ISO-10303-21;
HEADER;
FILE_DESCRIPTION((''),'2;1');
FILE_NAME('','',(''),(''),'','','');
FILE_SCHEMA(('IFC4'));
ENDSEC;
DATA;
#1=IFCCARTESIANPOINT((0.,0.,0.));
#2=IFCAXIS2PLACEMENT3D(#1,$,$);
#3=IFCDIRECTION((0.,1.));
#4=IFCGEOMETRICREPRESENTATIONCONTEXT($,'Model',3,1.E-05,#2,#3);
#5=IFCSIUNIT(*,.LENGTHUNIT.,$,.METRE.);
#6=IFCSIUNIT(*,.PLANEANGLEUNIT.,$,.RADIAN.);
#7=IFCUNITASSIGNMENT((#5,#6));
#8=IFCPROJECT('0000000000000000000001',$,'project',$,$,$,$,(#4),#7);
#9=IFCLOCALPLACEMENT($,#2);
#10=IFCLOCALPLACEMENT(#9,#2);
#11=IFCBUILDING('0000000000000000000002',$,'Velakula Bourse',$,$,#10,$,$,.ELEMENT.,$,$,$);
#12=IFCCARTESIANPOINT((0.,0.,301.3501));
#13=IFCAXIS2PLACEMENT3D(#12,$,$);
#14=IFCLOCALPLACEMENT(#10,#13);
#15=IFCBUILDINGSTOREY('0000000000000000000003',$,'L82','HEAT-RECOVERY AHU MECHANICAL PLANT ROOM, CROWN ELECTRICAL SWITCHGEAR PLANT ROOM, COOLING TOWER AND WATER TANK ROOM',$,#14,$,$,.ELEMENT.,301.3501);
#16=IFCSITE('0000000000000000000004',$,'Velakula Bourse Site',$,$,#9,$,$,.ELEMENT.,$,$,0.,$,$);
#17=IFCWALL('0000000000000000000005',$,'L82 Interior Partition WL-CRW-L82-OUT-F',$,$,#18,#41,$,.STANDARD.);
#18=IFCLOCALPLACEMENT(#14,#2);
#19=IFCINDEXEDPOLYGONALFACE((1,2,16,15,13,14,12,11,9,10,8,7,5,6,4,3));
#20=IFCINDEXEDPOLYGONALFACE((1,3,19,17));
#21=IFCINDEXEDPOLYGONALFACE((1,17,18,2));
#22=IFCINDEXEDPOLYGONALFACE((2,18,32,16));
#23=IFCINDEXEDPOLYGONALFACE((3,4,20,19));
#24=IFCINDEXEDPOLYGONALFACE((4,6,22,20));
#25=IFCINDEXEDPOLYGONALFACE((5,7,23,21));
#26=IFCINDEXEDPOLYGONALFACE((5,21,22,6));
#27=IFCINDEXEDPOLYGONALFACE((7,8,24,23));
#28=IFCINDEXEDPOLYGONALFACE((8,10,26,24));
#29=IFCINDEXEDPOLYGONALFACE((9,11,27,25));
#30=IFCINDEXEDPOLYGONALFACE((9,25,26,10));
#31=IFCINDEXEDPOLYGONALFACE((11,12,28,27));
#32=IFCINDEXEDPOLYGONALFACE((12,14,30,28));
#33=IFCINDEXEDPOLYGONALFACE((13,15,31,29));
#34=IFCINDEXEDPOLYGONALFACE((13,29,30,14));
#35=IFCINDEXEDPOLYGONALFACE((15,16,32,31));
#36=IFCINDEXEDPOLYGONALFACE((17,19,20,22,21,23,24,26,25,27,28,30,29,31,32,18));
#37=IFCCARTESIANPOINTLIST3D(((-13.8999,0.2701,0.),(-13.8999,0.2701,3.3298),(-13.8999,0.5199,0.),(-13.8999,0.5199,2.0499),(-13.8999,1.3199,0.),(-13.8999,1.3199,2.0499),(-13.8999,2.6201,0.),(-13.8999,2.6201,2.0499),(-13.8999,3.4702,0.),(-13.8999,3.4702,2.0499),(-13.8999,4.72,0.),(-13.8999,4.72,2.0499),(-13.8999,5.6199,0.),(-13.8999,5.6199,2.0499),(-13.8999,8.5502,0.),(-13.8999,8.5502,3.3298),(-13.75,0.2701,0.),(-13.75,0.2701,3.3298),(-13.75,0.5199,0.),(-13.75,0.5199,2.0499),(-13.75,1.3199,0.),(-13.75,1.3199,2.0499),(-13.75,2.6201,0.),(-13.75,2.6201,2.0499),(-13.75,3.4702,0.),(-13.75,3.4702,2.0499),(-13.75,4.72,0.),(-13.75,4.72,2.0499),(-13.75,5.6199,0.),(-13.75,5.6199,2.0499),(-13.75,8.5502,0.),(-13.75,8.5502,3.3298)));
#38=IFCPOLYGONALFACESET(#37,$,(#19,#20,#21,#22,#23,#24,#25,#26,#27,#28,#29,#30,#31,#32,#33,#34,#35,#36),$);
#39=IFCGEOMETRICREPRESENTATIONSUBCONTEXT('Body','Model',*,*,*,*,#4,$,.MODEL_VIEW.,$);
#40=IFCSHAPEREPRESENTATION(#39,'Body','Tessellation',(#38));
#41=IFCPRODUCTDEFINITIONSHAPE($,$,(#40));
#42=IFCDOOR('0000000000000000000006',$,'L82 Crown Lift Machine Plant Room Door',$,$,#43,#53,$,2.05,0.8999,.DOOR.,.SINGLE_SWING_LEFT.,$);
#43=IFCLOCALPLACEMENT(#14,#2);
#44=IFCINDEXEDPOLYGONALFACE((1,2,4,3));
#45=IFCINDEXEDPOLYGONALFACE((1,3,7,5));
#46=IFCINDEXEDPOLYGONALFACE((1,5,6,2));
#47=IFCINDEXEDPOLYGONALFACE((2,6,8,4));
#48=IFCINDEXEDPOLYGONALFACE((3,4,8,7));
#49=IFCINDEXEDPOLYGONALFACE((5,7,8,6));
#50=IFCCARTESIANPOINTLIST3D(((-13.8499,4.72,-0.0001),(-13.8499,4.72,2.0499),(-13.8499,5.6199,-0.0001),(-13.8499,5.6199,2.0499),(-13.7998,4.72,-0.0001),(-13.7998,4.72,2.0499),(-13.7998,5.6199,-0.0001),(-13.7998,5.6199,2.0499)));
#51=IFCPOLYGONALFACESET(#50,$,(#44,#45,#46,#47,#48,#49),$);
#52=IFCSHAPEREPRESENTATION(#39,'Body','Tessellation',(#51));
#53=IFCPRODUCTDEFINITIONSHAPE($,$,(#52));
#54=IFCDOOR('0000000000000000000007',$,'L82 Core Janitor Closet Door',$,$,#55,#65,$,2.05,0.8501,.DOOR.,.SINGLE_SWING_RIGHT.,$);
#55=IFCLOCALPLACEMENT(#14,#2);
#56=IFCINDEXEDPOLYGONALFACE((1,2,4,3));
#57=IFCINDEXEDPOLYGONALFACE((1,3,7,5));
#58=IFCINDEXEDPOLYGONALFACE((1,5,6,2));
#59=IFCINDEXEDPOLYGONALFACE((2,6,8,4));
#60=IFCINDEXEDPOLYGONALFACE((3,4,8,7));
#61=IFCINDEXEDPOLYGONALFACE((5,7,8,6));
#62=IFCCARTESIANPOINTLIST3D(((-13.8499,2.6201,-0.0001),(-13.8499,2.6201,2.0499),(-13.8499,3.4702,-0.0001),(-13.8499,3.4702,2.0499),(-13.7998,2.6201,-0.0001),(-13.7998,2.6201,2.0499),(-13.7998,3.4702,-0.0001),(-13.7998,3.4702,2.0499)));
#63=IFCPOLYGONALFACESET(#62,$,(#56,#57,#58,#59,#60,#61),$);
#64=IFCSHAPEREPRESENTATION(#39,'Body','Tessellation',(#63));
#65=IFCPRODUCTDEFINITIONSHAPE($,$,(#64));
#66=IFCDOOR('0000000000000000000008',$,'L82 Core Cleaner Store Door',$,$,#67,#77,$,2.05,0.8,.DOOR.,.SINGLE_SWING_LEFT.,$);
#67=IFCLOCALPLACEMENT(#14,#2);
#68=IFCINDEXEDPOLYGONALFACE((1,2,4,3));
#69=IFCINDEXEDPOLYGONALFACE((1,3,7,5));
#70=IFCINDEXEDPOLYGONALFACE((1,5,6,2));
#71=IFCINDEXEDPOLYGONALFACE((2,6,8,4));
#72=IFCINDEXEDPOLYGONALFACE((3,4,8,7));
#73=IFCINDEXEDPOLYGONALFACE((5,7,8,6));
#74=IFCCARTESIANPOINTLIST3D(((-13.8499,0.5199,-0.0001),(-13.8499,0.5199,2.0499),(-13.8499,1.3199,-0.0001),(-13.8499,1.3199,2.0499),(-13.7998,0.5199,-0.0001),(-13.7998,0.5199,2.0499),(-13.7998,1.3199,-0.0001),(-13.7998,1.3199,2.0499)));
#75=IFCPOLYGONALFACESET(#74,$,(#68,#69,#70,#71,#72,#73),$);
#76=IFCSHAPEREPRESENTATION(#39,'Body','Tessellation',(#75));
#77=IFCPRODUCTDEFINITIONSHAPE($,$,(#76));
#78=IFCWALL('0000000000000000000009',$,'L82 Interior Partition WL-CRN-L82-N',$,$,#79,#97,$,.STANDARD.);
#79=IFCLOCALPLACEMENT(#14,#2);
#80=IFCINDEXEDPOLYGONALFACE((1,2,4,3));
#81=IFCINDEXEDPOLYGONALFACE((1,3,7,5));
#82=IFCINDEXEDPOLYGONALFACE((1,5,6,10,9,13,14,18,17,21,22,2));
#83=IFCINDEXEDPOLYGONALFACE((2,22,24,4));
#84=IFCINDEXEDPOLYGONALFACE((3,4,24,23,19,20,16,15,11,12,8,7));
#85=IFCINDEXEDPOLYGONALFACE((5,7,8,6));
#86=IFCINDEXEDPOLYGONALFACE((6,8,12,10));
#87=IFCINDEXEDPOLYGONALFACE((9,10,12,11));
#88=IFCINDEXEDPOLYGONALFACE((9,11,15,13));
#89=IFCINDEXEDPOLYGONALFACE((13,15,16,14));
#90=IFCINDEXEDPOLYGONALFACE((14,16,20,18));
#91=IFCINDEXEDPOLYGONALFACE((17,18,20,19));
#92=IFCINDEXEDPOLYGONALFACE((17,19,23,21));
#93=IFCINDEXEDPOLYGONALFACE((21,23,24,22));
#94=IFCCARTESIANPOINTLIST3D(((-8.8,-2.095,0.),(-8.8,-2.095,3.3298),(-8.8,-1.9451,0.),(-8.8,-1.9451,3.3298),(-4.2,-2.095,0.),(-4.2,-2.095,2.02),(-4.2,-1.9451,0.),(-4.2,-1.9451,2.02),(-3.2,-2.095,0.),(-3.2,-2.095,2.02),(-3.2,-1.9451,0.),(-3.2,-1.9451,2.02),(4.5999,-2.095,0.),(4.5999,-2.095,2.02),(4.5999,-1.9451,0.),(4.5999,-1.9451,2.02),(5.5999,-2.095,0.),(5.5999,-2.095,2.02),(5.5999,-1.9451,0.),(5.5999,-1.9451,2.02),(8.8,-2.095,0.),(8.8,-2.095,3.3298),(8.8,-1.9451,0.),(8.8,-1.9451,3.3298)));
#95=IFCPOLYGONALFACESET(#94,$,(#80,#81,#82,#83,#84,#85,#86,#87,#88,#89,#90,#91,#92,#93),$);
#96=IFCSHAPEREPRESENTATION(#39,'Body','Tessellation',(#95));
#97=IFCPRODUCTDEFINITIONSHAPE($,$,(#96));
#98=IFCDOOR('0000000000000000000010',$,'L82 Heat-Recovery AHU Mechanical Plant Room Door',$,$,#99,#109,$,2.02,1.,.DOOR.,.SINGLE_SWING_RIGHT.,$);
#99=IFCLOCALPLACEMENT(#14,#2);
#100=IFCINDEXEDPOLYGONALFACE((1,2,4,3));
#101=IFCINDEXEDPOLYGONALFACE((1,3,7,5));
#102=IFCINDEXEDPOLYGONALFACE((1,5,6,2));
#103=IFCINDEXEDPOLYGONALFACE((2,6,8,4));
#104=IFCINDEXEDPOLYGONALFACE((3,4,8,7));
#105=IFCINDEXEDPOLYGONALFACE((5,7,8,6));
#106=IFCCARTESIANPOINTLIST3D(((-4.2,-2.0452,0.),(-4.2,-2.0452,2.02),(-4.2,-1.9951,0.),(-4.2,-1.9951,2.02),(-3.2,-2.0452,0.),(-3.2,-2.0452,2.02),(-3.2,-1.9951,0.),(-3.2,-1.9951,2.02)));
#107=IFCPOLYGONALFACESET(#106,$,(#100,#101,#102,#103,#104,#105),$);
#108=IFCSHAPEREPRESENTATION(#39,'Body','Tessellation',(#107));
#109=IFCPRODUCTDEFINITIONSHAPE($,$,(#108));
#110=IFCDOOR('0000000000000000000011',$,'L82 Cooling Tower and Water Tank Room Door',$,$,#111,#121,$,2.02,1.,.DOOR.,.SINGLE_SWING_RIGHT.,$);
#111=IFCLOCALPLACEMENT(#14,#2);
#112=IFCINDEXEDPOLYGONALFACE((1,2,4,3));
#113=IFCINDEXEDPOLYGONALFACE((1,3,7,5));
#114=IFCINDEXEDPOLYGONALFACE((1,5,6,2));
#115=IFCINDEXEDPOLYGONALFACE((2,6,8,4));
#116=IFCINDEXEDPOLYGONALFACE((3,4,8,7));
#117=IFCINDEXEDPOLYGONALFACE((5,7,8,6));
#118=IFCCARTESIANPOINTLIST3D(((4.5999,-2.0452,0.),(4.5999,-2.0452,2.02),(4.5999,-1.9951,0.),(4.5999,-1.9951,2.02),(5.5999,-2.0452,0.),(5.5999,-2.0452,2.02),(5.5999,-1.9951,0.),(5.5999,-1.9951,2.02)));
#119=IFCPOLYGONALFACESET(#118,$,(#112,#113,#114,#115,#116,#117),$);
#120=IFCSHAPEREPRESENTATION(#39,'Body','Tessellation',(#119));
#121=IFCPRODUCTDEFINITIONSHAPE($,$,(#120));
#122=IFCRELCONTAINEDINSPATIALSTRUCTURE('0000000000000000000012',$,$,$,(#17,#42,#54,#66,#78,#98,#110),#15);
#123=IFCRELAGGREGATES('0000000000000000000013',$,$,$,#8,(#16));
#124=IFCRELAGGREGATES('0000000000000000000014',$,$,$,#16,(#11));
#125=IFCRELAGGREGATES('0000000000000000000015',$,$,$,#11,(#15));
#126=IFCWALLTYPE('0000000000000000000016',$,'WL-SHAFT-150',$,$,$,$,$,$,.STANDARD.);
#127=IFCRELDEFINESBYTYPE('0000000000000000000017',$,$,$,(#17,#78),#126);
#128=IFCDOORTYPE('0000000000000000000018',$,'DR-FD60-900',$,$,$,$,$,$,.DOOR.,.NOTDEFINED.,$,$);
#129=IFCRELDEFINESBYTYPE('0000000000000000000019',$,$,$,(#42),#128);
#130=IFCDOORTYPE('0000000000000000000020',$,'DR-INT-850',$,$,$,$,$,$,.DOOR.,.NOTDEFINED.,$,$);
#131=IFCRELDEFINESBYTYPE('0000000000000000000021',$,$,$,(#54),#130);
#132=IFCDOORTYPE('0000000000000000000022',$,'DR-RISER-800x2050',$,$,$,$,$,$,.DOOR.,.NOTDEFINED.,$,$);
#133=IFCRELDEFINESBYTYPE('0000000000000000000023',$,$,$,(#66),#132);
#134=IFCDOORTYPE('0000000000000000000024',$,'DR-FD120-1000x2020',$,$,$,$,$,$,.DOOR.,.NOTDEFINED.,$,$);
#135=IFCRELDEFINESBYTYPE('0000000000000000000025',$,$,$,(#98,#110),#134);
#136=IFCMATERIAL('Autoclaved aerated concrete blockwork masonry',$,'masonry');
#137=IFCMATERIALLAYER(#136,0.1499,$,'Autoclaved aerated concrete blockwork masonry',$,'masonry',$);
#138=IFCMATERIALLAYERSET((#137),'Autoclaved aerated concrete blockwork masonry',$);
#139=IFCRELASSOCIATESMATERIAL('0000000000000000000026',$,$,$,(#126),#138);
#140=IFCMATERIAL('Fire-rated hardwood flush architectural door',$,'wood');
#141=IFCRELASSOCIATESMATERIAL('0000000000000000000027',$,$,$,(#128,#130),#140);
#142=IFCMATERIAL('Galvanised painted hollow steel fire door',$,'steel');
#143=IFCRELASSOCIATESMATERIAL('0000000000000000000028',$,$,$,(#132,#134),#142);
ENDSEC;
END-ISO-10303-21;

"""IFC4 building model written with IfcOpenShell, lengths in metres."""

from ifc_helpers import new_model, si_unit, direction, frame, frame_2d, origin, place, context, subcontext, project, spatial, rectangle, extrude, material, layer, layer_set, type_object, element, fill, save


model = new_model("IFC4")

# Units and contexts
model_context = context("Model", 3, precision=1e-05, world=origin(), true_north=direction((0.0, 1.0)))
body_context = subcontext(model_context, "Body", "Model", "MODEL_VIEW")
ifc_project = project(units=[si_unit("LENGTHUNIT", "METRE"), si_unit("PLANEANGLEUNIT", "RADIAN")], contexts=[model_context])

# Site, building, storey
site_placement = place(None, origin())
site = spatial("IfcSite", under=ifc_project, at=site_placement, Name="Velakula Bourse Site", CompositionType="ELEMENT", RefElevation=0.0)
building_placement = place(site_placement, origin())
building = spatial("IfcBuilding", under=site, at=building_placement, Name="Velakula Bourse", CompositionType="ELEMENT")
storey_placement = place(building_placement, frame((0.0, 0.0, 301.3501)))
storey = spatial("IfcBuildingStorey", under=building, at=storey_placement, Name="L82", Description="HEAT-RECOVERY AHU MECHANICAL PLANT ROOM, CROWN ELECTRICAL SWITCHGEAR PLANT ROOM, COOLING TOWER AND WATER TANK ROOM", CompositionType="ELEMENT", Elevation=301.3501)

# Shared definitions
ifc_material_1 = material(Name="Autoclaved aerated concrete blockwork masonry", Category="masonry")
ifc_layer_1 = layer(ifc_material_1, 0.1499, Name="Autoclaved aerated concrete blockwork masonry", Category="masonry")
ifc_layer_set_1 = layer_set([ifc_layer_1], Name="Autoclaved aerated concrete blockwork masonry")
wall_type_1 = type_object("IfcWallType", Name="WL-SHAFT-150", PredefinedType="STANDARD", material=ifc_layer_set_1)
ifc_material_2 = material(Name="Galvanised painted hollow steel fire door", Category="steel")
ifc_material_3 = material(Name="Fire-rated hardwood flush architectural door", Category="wood")

# Walls, openings, doors
wall_1_placement = place(storey_placement, frame((-13.825, 0.27, 0.0), z_axis=(0.0, 0.0, 1.0), x_axis=(0.0, 1.0, 0.0)))
wall_1 = element("IfcWall", 1, at=wall_1_placement, inside=storey, type_object=wall_type_1, Name="L82 Interior Partition WL-CRW-L82-OUT-F", PredefinedType="STANDARD", context=body_context, shape_type="SweptSolid", body=[
    extrude(rectangle(XDim=8.28, YDim=0.1499, at=frame_2d((4.1401, 0.0))), origin(), (0.0, 0.0, 1.0), 3.3298),
])
opening_1_placement = place(wall_1_placement, frame((4.45, 0.0, 0.0)))
opening_1 = element("IfcOpeningElement", 2, at=opening_1_placement, cuts=wall_1, PredefinedType="OPENING", context=body_context, shape_type="SweptSolid", body=[
    extrude(rectangle(XDim=0.8999, YDim=2.05, at=frame_2d((0.45, 1.0249))), frame((0.0, 0.085, 0.0), z_axis=(0.0, -1.0, 0.0), x_axis=(1.0, 0.0, 0.0)), (0.0, 0.0, 1.0), 0.1699),
])
opening_2_placement = place(wall_1_placement, frame((0.25, 0.0, 0.0)))
opening_2 = element("IfcOpeningElement", 3, at=opening_2_placement, cuts=wall_1, PredefinedType="OPENING", context=body_context, shape_type="SweptSolid", body=[
    extrude(rectangle(XDim=0.8, YDim=2.05, at=frame_2d((0.3999, 1.0249))), frame((0.0, 0.085, 0.0), z_axis=(0.0, -1.0, 0.0), x_axis=(1.0, 0.0, 0.0)), (0.0, 0.0, 1.0), 0.1699),
])
opening_3_placement = place(wall_1_placement, frame((2.3501, 0.0, 0.0)))
opening_3 = element("IfcOpeningElement", 4, at=opening_3_placement, cuts=wall_1, PredefinedType="OPENING", context=body_context, shape_type="SweptSolid", body=[
    extrude(rectangle(XDim=0.8501, YDim=2.05, at=frame_2d((0.425, 1.0249))), frame((0.0, 0.085, 0.0), z_axis=(0.0, -1.0, 0.0), x_axis=(1.0, 0.0, 0.0)), (0.0, 0.0, 1.0), 0.1699),
])
door_type_1 = type_object("IfcDoorType", Name="DR-FD60-900", OperationType="NOTDEFINED", PredefinedType="DOOR", material=ifc_material_3)
door_1_placement = place(opening_1_placement, origin())
door_1 = element("IfcDoor", 5, at=door_1_placement, inside=storey, type_object=door_type_1, Name="L82 Crown Lift Machine Plant Room Door", OperationType="SINGLE_SWING_LEFT", OverallHeight=2.05, OverallWidth=0.8999, PredefinedType="DOOR", context=body_context, shape_type="SweptSolid", body=[
    extrude(rectangle(XDim=0.8999, YDim=2.05, at=frame_2d((0.45, 1.0249))), frame((0.0, 0.0249, 0.0), z_axis=(0.0, -1.0, 0.0), x_axis=(1.0, 0.0, 0.0)), (0.0, 0.0, 1.0), 0.05),
])
fill(opening_1, door_1)
door_type_2 = type_object("IfcDoorType", Name="DR-INT-850", OperationType="NOTDEFINED", PredefinedType="DOOR", material=ifc_material_3)
door_2_placement = place(opening_3_placement, origin())
door_2 = element("IfcDoor", 6, at=door_2_placement, inside=storey, type_object=door_type_2, Name="L82 Core Janitor Closet Door", OperationType="SINGLE_SWING_RIGHT", OverallHeight=2.05, OverallWidth=0.8501, PredefinedType="DOOR", context=body_context, shape_type="SweptSolid", body=[
    extrude(rectangle(XDim=0.8501, YDim=2.05, at=frame_2d((0.425, 1.0249))), frame((0.0, 0.0249, 0.0), z_axis=(0.0, -1.0, 0.0), x_axis=(1.0, 0.0, 0.0)), (0.0, 0.0, 1.0), 0.05),
])
fill(opening_3, door_2)
door_type_3 = type_object("IfcDoorType", Name="DR-RISER-800x2050", OperationType="NOTDEFINED", PredefinedType="DOOR", material=ifc_material_2)
door_3_placement = place(opening_2_placement, origin())
door_3 = element("IfcDoor", 7, at=door_3_placement, inside=storey, type_object=door_type_3, Name="L82 Core Cleaner Store Door", OperationType="SINGLE_SWING_LEFT", OverallHeight=2.05, OverallWidth=0.8, PredefinedType="DOOR", context=body_context, shape_type="SweptSolid", body=[
    extrude(rectangle(XDim=0.8, YDim=2.05, at=frame_2d((0.3999, 1.0249))), frame((0.0, 0.0249, 0.0), z_axis=(0.0, -1.0, 0.0), x_axis=(1.0, 0.0, 0.0)), (0.0, 0.0, 1.0), 0.05),
])
fill(opening_2, door_3)
wall_2_placement = place(storey_placement, frame((-8.8, -2.02, 0.0), z_axis=(0.0, 0.0, 1.0), x_axis=(1.0, 0.0, 0.0)))
wall_2 = element("IfcWall", 8, at=wall_2_placement, inside=storey, type_object=wall_type_1, Name="L82 Interior Partition WL-CRN-L82-N", PredefinedType="STANDARD", context=body_context, shape_type="SweptSolid", body=[
    extrude(rectangle(XDim=17.6001, YDim=0.1499, at=frame_2d((8.8, 0.0))), origin(), (0.0, 0.0, 1.0), 3.3298),
])
opening_4_placement = place(wall_2_placement, frame((4.6001, 0.0, 0.0)))
opening_4 = element("IfcOpeningElement", 9, at=opening_4_placement, cuts=wall_2, PredefinedType="OPENING", context=body_context, shape_type="SweptSolid", body=[
    extrude(rectangle(XDim=1.0, YDim=2.02, at=frame_2d((0.5, 1.01))), frame((0.0, 0.085, 0.0), z_axis=(0.0, -1.0, 0.0), x_axis=(1.0, 0.0, 0.0)), (0.0, 0.0, 1.0), 0.1699),
])
opening_5_placement = place(wall_2_placement, frame((13.3999, 0.0, 0.0)))
opening_5 = element("IfcOpeningElement", 10, at=opening_5_placement, cuts=wall_2, PredefinedType="OPENING", context=body_context, shape_type="SweptSolid", body=[
    extrude(rectangle(XDim=1.0, YDim=2.02, at=frame_2d((0.5, 1.01))), frame((0.0, 0.085, 0.0), z_axis=(0.0, -1.0, 0.0), x_axis=(1.0, 0.0, 0.0)), (0.0, 0.0, 1.0), 0.1699),
])
door_type_4 = type_object("IfcDoorType", Name="DR-FD120-1000x2020", OperationType="NOTDEFINED", PredefinedType="DOOR", material=ifc_material_2)
door_4_placement = place(opening_4_placement, origin())
door_4 = element("IfcDoor", 11, at=door_4_placement, inside=storey, type_object=door_type_4, Name="L82 Heat-Recovery AHU Mechanical Plant Room Door", OperationType="SINGLE_SWING_RIGHT", OverallHeight=2.02, OverallWidth=1.0, PredefinedType="DOOR", context=body_context, shape_type="SweptSolid", body=[
    extrude(rectangle(XDim=1.0, YDim=2.02, at=frame_2d((0.5, 1.01))), frame((0.0, 0.0249, 0.0), z_axis=(0.0, -1.0, 0.0), x_axis=(1.0, 0.0, 0.0)), (0.0, 0.0, 1.0), 0.05),
])
fill(opening_4, door_4)
door_5_placement = place(opening_5_placement, origin())
door_5 = element("IfcDoor", 12, at=door_5_placement, inside=storey, type_object=door_type_4, Name="L82 Cooling Tower and Water Tank Room Door", OperationType="SINGLE_SWING_RIGHT", OverallHeight=2.02, OverallWidth=1.0, PredefinedType="DOOR", context=body_context, shape_type="SweptSolid", body=[
    extrude(rectangle(XDim=1.0, YDim=2.02, at=frame_2d((0.5, 1.01))), frame((0.0, 0.0249, 0.0), z_axis=(0.0, -1.0, 0.0), x_axis=(1.0, 0.0, 0.0)), (0.0, 0.0, 1.0), 0.05),
])
fill(opening_5, door_5)

save(model, "model.ifc")
